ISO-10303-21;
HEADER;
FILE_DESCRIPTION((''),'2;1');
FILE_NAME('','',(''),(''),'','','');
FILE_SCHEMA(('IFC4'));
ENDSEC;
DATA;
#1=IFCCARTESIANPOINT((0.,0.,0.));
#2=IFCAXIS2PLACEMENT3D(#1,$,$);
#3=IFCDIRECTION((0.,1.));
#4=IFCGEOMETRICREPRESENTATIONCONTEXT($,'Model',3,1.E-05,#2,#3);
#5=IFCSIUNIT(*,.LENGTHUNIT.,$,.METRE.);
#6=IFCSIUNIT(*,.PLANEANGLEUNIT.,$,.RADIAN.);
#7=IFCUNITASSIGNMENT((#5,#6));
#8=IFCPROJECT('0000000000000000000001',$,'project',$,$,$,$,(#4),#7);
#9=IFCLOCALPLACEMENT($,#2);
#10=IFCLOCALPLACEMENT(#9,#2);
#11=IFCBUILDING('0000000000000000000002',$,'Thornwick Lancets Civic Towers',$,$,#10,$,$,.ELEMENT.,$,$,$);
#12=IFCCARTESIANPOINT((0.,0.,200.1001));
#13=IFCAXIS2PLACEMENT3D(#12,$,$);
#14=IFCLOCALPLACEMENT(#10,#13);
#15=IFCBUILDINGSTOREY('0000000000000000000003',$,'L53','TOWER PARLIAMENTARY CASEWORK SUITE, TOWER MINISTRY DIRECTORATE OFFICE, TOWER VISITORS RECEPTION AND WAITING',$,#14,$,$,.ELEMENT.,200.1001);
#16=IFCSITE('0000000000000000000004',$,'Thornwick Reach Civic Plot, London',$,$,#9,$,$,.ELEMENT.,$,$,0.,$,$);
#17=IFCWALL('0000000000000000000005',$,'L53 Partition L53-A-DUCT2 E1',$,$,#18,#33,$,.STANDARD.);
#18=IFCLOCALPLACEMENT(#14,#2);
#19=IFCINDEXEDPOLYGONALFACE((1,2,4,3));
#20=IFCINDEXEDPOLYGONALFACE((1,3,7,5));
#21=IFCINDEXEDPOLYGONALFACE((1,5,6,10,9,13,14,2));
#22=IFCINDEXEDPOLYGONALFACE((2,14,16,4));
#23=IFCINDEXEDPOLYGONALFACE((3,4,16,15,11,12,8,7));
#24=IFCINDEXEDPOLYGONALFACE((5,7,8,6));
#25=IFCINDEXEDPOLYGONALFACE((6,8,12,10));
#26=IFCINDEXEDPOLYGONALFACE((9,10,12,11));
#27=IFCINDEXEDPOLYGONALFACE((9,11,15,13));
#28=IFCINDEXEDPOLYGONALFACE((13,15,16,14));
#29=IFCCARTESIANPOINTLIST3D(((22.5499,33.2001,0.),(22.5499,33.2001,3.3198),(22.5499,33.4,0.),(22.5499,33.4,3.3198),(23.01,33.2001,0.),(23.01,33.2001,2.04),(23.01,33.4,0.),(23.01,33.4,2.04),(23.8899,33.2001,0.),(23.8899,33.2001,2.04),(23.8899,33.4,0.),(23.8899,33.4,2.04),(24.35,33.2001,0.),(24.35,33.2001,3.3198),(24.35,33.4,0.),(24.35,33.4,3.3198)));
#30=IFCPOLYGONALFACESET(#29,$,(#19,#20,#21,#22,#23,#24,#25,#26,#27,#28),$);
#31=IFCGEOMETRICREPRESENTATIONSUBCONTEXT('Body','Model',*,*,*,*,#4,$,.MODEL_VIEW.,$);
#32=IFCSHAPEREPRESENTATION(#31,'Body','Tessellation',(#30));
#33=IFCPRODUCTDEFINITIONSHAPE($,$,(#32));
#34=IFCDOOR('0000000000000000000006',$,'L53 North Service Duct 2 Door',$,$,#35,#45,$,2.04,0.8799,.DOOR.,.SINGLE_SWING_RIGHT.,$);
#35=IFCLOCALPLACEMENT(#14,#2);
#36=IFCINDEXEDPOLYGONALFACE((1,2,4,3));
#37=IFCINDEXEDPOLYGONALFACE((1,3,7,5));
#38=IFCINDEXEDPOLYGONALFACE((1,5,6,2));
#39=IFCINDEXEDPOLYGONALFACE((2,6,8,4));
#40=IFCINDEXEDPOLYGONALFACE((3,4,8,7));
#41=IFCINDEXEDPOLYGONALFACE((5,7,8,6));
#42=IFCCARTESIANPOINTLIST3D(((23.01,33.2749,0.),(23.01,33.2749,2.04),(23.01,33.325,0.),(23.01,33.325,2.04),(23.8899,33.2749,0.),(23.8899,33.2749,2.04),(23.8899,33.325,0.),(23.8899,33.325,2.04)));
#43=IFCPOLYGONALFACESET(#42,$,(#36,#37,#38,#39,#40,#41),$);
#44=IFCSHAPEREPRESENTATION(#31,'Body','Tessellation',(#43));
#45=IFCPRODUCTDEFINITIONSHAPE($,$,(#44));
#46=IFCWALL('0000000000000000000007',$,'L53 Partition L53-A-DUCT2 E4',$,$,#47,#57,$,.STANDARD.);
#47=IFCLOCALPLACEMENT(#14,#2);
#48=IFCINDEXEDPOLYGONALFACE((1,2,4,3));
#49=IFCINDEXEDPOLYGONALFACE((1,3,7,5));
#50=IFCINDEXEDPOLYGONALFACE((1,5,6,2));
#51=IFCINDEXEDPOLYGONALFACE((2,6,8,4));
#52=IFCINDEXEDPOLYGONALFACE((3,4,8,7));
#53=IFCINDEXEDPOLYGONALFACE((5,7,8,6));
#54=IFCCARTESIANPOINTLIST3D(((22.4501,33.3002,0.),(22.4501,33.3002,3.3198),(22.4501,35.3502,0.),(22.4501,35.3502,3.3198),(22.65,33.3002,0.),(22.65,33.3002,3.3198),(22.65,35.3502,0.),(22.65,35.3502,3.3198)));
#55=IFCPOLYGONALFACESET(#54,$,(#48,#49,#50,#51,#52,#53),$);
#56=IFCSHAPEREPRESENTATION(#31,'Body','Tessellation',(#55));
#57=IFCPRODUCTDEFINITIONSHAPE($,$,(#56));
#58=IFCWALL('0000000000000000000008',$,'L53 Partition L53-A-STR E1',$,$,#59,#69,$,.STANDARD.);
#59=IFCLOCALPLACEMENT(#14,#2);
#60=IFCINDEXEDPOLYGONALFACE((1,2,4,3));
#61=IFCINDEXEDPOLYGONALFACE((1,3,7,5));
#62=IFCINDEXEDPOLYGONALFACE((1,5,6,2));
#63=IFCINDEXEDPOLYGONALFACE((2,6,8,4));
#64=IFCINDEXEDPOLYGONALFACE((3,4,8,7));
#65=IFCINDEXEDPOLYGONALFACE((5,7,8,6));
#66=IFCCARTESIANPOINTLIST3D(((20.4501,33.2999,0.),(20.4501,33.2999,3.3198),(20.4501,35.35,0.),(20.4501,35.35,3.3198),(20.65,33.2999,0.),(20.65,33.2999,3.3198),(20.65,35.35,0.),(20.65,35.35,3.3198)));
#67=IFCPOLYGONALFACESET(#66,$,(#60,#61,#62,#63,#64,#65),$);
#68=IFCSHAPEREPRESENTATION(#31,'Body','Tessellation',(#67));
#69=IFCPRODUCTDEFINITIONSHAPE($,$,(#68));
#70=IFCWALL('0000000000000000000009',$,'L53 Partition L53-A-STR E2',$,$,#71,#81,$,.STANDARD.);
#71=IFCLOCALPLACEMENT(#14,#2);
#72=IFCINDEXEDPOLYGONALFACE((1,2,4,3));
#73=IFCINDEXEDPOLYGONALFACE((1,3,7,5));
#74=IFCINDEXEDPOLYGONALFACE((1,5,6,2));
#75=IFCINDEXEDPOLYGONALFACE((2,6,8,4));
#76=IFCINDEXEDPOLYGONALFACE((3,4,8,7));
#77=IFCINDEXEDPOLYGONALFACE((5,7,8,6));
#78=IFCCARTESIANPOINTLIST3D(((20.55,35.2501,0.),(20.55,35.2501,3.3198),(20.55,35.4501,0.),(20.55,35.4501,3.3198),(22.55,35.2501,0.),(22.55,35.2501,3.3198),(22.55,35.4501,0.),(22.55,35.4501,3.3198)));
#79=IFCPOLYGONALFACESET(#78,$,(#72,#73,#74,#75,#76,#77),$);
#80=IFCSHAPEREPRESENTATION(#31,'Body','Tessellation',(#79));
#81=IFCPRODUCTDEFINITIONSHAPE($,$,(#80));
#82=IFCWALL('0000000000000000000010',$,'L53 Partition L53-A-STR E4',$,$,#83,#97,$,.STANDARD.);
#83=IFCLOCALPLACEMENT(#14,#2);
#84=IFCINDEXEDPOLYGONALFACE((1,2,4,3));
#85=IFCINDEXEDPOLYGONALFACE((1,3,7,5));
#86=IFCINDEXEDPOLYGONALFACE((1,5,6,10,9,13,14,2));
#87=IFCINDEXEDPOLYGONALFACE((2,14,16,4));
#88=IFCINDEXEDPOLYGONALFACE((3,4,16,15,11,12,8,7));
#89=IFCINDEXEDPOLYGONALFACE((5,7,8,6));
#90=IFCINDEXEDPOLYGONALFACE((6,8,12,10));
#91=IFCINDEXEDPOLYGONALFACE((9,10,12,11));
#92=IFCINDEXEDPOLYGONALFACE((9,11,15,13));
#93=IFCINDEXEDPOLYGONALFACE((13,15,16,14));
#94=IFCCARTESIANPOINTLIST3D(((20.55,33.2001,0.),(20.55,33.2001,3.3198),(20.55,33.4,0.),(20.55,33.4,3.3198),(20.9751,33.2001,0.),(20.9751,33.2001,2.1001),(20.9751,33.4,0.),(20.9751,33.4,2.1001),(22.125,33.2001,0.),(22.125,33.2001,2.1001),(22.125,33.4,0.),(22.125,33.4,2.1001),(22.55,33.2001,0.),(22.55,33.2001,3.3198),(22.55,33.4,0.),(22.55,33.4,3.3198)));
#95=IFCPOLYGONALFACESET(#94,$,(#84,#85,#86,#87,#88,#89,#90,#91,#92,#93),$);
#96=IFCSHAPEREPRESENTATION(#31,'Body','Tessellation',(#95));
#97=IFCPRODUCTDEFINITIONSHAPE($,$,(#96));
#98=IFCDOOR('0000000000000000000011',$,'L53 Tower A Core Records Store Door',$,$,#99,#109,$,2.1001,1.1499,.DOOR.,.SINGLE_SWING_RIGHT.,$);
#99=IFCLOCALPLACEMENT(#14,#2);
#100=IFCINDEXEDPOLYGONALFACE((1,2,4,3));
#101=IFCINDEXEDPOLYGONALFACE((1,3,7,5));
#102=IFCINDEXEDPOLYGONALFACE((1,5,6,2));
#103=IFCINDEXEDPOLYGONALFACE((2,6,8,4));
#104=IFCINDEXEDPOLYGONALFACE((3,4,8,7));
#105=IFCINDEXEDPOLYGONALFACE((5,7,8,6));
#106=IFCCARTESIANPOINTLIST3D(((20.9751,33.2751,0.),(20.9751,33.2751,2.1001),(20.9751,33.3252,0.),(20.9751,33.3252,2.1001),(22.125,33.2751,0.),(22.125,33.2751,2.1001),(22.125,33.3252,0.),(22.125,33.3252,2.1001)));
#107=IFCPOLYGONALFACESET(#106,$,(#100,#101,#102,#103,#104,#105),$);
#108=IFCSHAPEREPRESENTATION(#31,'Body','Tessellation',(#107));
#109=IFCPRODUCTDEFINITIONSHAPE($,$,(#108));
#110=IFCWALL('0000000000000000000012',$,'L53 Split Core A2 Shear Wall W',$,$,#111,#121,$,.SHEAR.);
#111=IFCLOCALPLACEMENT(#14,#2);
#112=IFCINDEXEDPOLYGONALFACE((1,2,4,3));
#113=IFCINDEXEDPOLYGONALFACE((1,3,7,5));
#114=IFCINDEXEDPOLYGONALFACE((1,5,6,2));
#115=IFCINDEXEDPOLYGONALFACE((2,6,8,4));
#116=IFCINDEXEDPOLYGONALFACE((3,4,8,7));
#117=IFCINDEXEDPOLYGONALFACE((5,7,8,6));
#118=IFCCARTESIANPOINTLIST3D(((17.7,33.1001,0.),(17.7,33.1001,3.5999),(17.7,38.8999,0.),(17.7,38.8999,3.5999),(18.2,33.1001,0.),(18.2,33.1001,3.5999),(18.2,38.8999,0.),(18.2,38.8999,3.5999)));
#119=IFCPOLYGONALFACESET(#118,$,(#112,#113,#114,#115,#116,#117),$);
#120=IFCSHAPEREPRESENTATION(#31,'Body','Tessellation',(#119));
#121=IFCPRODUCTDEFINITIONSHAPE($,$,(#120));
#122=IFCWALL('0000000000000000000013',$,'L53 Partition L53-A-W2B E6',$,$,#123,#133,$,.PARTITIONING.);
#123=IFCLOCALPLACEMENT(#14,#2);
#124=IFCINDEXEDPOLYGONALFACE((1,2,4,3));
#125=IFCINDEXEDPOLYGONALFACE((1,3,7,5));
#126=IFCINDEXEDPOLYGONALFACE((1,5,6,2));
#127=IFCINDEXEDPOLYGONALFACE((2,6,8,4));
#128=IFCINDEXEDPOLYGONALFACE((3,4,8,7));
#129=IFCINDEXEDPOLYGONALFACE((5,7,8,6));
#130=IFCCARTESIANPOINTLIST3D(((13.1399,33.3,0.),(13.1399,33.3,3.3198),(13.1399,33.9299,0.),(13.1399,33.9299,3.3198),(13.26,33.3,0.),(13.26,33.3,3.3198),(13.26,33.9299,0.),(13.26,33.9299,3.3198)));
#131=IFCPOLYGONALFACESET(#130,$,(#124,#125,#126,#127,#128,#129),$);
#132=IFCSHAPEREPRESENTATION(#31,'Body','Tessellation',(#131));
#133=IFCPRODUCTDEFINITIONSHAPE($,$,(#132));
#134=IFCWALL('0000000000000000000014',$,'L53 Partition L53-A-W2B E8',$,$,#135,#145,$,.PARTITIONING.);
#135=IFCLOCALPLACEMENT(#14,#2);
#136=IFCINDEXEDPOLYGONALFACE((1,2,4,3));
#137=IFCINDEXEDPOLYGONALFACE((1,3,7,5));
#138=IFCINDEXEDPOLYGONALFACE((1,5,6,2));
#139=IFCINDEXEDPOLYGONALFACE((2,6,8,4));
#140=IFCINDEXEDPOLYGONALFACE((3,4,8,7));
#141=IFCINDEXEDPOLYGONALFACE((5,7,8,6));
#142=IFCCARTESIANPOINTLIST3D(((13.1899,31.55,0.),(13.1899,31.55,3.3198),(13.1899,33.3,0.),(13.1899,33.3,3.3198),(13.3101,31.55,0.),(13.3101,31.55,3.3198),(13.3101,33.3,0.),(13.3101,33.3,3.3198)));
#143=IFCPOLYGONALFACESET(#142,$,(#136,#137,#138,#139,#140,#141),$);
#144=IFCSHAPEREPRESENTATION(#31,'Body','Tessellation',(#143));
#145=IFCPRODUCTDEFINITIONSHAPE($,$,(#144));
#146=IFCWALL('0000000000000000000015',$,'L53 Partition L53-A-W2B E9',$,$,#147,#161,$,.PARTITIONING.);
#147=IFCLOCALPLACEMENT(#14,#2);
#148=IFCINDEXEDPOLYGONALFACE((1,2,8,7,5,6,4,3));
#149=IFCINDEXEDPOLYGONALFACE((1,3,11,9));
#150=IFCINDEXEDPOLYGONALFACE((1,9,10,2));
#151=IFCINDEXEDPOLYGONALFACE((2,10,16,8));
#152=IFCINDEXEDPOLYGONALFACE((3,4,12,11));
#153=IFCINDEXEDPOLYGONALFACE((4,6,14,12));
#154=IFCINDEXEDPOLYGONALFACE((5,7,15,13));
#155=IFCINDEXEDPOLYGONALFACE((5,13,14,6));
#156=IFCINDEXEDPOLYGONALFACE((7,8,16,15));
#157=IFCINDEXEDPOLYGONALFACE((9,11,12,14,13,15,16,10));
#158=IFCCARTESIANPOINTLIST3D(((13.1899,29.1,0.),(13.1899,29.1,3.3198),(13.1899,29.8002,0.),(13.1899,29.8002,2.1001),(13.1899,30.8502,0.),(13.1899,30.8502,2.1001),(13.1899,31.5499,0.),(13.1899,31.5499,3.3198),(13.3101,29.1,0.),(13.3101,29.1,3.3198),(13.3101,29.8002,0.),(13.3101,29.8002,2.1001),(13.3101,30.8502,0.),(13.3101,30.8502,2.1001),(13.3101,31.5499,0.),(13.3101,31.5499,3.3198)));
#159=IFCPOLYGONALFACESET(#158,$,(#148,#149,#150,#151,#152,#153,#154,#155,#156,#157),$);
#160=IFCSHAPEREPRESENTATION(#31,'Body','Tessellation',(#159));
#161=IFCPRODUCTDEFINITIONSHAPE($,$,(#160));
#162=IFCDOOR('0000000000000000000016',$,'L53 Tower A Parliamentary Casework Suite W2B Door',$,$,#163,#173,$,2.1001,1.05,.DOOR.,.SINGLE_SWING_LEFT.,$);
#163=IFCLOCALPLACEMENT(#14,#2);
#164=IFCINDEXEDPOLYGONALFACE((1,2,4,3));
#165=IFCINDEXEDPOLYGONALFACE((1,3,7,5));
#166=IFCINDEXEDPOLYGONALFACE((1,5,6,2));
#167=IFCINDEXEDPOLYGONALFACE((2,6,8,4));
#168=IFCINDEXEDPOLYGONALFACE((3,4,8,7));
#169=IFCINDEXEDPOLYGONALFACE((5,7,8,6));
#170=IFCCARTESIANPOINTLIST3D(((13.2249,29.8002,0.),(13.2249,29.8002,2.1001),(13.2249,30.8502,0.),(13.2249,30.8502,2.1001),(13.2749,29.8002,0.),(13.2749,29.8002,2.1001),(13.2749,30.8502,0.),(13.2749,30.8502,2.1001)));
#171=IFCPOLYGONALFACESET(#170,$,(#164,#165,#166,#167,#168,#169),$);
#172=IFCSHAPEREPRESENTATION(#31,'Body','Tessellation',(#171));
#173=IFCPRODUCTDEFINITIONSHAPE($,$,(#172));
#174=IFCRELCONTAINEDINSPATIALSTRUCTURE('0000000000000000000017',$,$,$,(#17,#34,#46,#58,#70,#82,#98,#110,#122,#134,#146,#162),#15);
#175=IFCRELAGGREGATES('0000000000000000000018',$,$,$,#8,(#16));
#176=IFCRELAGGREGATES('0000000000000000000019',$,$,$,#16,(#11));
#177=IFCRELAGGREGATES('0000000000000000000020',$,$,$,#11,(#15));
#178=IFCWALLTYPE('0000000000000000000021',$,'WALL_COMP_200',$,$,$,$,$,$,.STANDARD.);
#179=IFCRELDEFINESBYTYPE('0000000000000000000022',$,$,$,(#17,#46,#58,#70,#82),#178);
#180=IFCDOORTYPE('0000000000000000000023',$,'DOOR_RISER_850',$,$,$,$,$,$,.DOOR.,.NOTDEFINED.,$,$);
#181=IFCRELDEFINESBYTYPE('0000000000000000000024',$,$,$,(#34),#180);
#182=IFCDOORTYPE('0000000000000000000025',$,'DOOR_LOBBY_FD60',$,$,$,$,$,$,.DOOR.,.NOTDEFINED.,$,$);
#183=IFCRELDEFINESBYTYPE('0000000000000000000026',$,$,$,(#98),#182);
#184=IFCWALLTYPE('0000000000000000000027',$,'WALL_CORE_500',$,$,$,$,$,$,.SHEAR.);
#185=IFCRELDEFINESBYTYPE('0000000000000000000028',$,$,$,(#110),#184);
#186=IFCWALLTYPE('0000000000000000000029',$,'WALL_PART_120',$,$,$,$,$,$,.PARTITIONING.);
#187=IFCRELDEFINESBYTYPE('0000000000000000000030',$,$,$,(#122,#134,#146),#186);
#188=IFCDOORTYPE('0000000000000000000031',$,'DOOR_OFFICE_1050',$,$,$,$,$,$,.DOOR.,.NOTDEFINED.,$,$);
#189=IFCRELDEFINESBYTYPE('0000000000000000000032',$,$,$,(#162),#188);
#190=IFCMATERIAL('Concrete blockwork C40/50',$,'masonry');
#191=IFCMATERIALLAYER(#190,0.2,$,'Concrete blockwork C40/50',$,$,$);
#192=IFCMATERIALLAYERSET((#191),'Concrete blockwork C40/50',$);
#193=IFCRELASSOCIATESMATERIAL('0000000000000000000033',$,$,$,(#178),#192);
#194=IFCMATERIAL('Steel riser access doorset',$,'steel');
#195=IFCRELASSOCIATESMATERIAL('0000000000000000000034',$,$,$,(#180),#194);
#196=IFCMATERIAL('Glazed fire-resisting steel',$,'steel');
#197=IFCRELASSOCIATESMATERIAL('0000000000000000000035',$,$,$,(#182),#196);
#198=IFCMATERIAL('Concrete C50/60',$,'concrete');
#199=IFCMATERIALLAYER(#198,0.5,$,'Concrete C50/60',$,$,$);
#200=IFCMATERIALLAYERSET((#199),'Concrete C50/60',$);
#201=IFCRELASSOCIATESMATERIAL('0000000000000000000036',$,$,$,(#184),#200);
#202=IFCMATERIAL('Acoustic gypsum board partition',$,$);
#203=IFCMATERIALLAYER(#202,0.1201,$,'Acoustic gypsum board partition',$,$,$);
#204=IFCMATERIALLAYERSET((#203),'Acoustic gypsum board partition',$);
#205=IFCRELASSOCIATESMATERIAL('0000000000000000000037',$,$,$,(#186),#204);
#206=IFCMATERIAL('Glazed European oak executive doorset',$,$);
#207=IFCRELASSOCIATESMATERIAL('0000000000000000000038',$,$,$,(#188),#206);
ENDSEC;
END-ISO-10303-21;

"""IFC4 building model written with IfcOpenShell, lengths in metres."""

from ifc_helpers import new_model, si_unit, direction, frame, frame_2d, origin, place, context, subcontext, project, spatial, rectangle, extrude, material, layer, layer_set, type_object, element, fill, save


model = new_model("IFC4")

# Units and contexts
model_context = context("Model", 3, precision=1e-05, world=origin(), true_north=direction((0.0, 1.0)))
body_context = subcontext(model_context, "Body", "Model", "MODEL_VIEW")
ifc_project = project(units=[si_unit("LENGTHUNIT", "METRE"), si_unit("PLANEANGLEUNIT", "RADIAN")], contexts=[model_context])

# Site, building, storey
site_placement = place(None, origin())
site = spatial("IfcSite", under=ifc_project, at=site_placement, Name="Thornwick Reach Civic Plot, London", CompositionType="ELEMENT", RefElevation=0.0)
building_placement = place(site_placement, origin())
building = spatial("IfcBuilding", under=site, at=building_placement, Name="Thornwick Lancets Civic Towers", CompositionType="ELEMENT")
storey_placement = place(building_placement, frame((0.0, 0.0, 200.1001)))
storey = spatial("IfcBuildingStorey", under=building, at=storey_placement, Name="L53", Description="TOWER PARLIAMENTARY CASEWORK SUITE, TOWER MINISTRY DIRECTORATE OFFICE, TOWER VISITORS RECEPTION AND WAITING", CompositionType="ELEMENT", Elevation=200.1001)

# Shared definitions
ifc_material_1 = material(Name="Concrete C50/60", Category="concrete")

# Shared definitions
ifc_material_2 = material(Name="Concrete blockwork C40/50", Category="masonry")
ifc_layer_1 = layer(ifc_material_2, 0.2, Name="Concrete blockwork C40/50")
ifc_layer_set_1 = layer_set([ifc_layer_1], Name="Concrete blockwork C40/50")
wall_type_1 = type_object("IfcWallType", Name="WALL_COMP_200", PredefinedType="STANDARD", material=ifc_layer_set_1)

# Wall, opening, door
wall_1_placement = place(storey_placement, frame((22.55, 33.3, 0.0), z_axis=(0.0, 0.0, 1.0), x_axis=(1.0, 0.0, 0.0)))
wall_1 = element("IfcWall", 1, at=wall_1_placement, inside=storey, type_object=wall_type_1, Name="L53 Partition L53-A-DUCT2 E1", PredefinedType="STANDARD", context=body_context, shape_type="SweptSolid", body=[
    extrude(rectangle(XDim=1.8, YDim=0.2, at=frame_2d((0.8999, 0.0))), origin(), (0.0, 0.0, 1.0), 3.3198),
])
opening_1_placement = place(wall_1_placement, frame((0.46, 0.0, 0.0)))
opening_1 = element("IfcOpeningElement", 2, at=opening_1_placement, cuts=wall_1, PredefinedType="OPENING", context=body_context, shape_type="SweptSolid", body=[
    extrude(rectangle(XDim=0.8799, YDim=2.04, at=frame_2d((0.4399, 1.02))), frame((0.0, 0.1099, 0.0), z_axis=(0.0, -1.0, 0.0), x_axis=(1.0, 0.0, 0.0)), (0.0, 0.0, 1.0), 0.22),
])
ifc_material_3 = material(Name="Steel riser access doorset", Category="steel")
door_type_1 = type_object("IfcDoorType", Name="DOOR_RISER_850", OperationType="NOTDEFINED", PredefinedType="DOOR", material=ifc_material_3)
door_1_placement = place(opening_1_placement, origin())
door_1 = element("IfcDoor", 3, at=door_1_placement, inside=storey, type_object=door_type_1, Name="L53 North Service Duct 2 Door", OperationType="SINGLE_SWING_RIGHT", OverallHeight=2.04, OverallWidth=0.8799, PredefinedType="DOOR", context=body_context, shape_type="SweptSolid", body=[
    extrude(rectangle(XDim=0.8799, YDim=2.04, at=frame_2d((0.4399, 1.02))), frame((0.0, 0.0249, 0.0), z_axis=(0.0, -1.0, 0.0), x_axis=(1.0, 0.0, 0.0)), (0.0, 0.0, 1.0), 0.05),
])
fill(opening_1, door_1)

# Walls
for number, where, z_axis, x_axis, name in (
    (4, (22.55, 35.3501, 0.0), (0.0, 0.0, 1.0), (0.0, -1.0, 0.0), "L53 Partition L53-A-DUCT2 E4"),
    (5, (20.55, 33.3, 0.0), (0.0, 0.0, 1.0), (0.0, 1.0, 0.0), "L53 Partition L53-A-STR E1"),
):
    element("IfcWall", number, at=place(storey_placement, frame(where, z_axis=z_axis, x_axis=x_axis)), inside=storey, type_object=wall_type_1, Name=name, PredefinedType="STANDARD", context=body_context, shape_type="SweptSolid", body=[
        extrude(rectangle(XDim=2.05, YDim=0.2, at=frame_2d((1.0249, 0.0))), origin(), (0.0, 0.0, 1.0), 3.3198),
    ])
wall_2_placement = place(storey_placement, frame((20.55, 35.3501, 0.0), z_axis=(0.0, 0.0, 1.0), x_axis=(1.0, 0.0, 0.0)))
element("IfcWall", 6, at=wall_2_placement, inside=storey, type_object=wall_type_1, Name="L53 Partition L53-A-STR E2", PredefinedType="STANDARD", context=body_context, shape_type="SweptSolid", body=[
    extrude(rectangle(XDim=2.0, YDim=0.2, at=frame_2d((1.0, 0.0))), origin(), (0.0, 0.0, 1.0), 3.3198),
])

# Wall, opening, door
wall_3_placement = place(storey_placement, frame((22.55, 33.3, 0.0), z_axis=(0.0, 0.0, 1.0), x_axis=(-1.0, 0.0, 0.0)))
wall_3 = element("IfcWall", 7, at=wall_3_placement, inside=storey, type_object=wall_type_1, Name="L53 Partition L53-A-STR E4", PredefinedType="STANDARD", context=body_context, shape_type="SweptSolid", body=[
    extrude(rectangle(XDim=2.0, YDim=0.2, at=frame_2d((1.0, 0.0))), origin(), (0.0, 0.0, 1.0), 3.3198),
])
opening_2_placement = place(wall_3_placement, frame((0.425, 0.0, 0.0)))
opening_2 = element("IfcOpeningElement", 8, at=opening_2_placement, cuts=wall_3, PredefinedType="OPENING", context=body_context, shape_type="SweptSolid", body=[
    extrude(rectangle(XDim=1.1499, YDim=2.1001, at=frame_2d((0.575, 1.05))), frame((0.0, 0.1099, 0.0), z_axis=(0.0, -1.0, 0.0), x_axis=(1.0, 0.0, 0.0)), (0.0, 0.0, 1.0), 0.22),
])
ifc_material_4 = material(Name="Glazed fire-resisting steel", Category="steel")
door_type_2 = type_object("IfcDoorType", Name="DOOR_LOBBY_FD60", OperationType="NOTDEFINED", PredefinedType="DOOR", material=ifc_material_4)
door_2_placement = place(opening_2_placement, origin())
door_2 = element("IfcDoor", 9, at=door_2_placement, inside=storey, type_object=door_type_2, Name="L53 Tower A Core Records Store Door", OperationType="SINGLE_SWING_RIGHT", OverallHeight=2.1001, OverallWidth=1.1499, PredefinedType="DOOR", context=body_context, shape_type="SweptSolid", body=[
    extrude(rectangle(XDim=1.1499, YDim=2.1001, at=frame_2d((0.575, 1.05))), frame((0.0, 0.0249, 0.0), z_axis=(0.0, -1.0, 0.0), x_axis=(1.0, 0.0, 0.0)), (0.0, 0.0, 1.0), 0.05),
])
fill(opening_2, door_2)

# Walls
ifc_layer_2 = layer(ifc_material_1, 0.5, Name="Concrete C50/60")
ifc_layer_set_2 = layer_set([ifc_layer_2], Name="Concrete C50/60")
wall_type_2 = type_object("IfcWallType", Name="WALL_CORE_500", PredefinedType="SHEAR", material=ifc_layer_set_2)
wall_4_placement = place(storey_placement, frame((17.95, 33.1001, 0.0), z_axis=(0.0, 0.0, 1.0), x_axis=(0.0, 1.0, 0.0)))
element("IfcWall", 10, at=wall_4_placement, inside=storey, type_object=wall_type_2, Name="L53 Split Core A2 Shear Wall W", PredefinedType="SHEAR", context=body_context, shape_type="SweptSolid", body=[
    extrude(rectangle(XDim=5.7998, YDim=0.5, at=frame_2d((2.8999, 0.0))), origin(), (0.0, 0.0, 1.0), 3.5999),
])
ifc_material_5 = material(Name="Acoustic gypsum board partition")
ifc_layer_3 = layer(ifc_material_5, 0.1201, Name="Acoustic gypsum board partition")
ifc_layer_set_3 = layer_set([ifc_layer_3], Name="Acoustic gypsum board partition")
wall_type_3 = type_object("IfcWallType", Name="WALL_PART_120", PredefinedType="PARTITIONING", material=ifc_layer_set_3)
wall_5_placement = place(storey_placement, frame((13.2, 33.9299, 0.0), z_axis=(0.0, 0.0, 1.0), x_axis=(0.0, -1.0, 0.0)))
element("IfcWall", 11, at=wall_5_placement, inside=storey, type_object=wall_type_3, Name="L53 Partition L53-A-W2B E6", PredefinedType="PARTITIONING", context=body_context, shape_type="SweptSolid", body=[
    extrude(rectangle(XDim=0.6299, YDim=0.1201, at=frame_2d((0.3149, 0.0))), origin(), (0.0, 0.0, 1.0), 3.3198),
])
wall_6_placement = place(storey_placement, frame((13.25, 33.3, 0.0), z_axis=(0.0, 0.0, 1.0), x_axis=(0.0, -1.0, 0.0)))
element("IfcWall", 12, at=wall_6_placement, inside=storey, type_object=wall_type_3, Name="L53 Partition L53-A-W2B E8", PredefinedType="PARTITIONING", context=body_context, shape_type="SweptSolid", body=[
    extrude(rectangle(XDim=1.75, YDim=0.1201, at=frame_2d((0.875, 0.0))), origin(), (0.0, 0.0, 1.0), 3.3198),
])

# Wall, opening, door
wall_7_placement = place(storey_placement, frame((13.25, 31.55, 0.0), z_axis=(0.0, 0.0, 1.0), x_axis=(0.0, -1.0, 0.0)))
wall_7 = element("IfcWall", 13, at=wall_7_placement, inside=storey, type_object=wall_type_3, Name="L53 Partition L53-A-W2B E9", PredefinedType="PARTITIONING", context=body_context, shape_type="SweptSolid", body=[
    extrude(rectangle(XDim=2.45, YDim=0.1201, at=frame_2d((1.2251, 0.0))), origin(), (0.0, 0.0, 1.0), 3.3198),
])
opening_3_placement = place(wall_7_placement, frame((0.7, 0.0, 0.0)))
opening_3 = element("IfcOpeningElement", 14, at=opening_3_placement, cuts=wall_7, PredefinedType="OPENING", context=body_context, shape_type="SweptSolid", body=[
    extrude(rectangle(XDim=1.05, YDim=2.1001, at=frame_2d((0.5249, 1.05))), frame((0.0, 0.0701, 0.0), z_axis=(0.0, -1.0, 0.0), x_axis=(1.0, 0.0, 0.0)), (0.0, 0.0, 1.0), 0.1401),
])
ifc_material_6 = material(Name="Glazed European oak executive doorset")
door_type_3 = type_object("IfcDoorType", Name="DOOR_OFFICE_1050", OperationType="NOTDEFINED", PredefinedType="DOOR", material=ifc_material_6)
door_3_placement = place(opening_3_placement, origin())
door_3 = element("IfcDoor", 15, at=door_3_placement, inside=storey, type_object=door_type_3, Name="L53 Tower A Parliamentary Casework Suite W2B Door", OperationType="SINGLE_SWING_LEFT", OverallHeight=2.1001, OverallWidth=1.05, PredefinedType="DOOR", context=body_context, shape_type="SweptSolid", body=[
    extrude(rectangle(XDim=1.05, YDim=2.1001, at=frame_2d((0.5249, 1.05))), frame((0.0, 0.0249, 0.0), z_axis=(0.0, -1.0, 0.0), x_axis=(1.0, 0.0, 0.0)), (0.0, 0.0, 1.0), 0.05),
])
fill(opening_3, door_3)

save(model, "model.ifc")
